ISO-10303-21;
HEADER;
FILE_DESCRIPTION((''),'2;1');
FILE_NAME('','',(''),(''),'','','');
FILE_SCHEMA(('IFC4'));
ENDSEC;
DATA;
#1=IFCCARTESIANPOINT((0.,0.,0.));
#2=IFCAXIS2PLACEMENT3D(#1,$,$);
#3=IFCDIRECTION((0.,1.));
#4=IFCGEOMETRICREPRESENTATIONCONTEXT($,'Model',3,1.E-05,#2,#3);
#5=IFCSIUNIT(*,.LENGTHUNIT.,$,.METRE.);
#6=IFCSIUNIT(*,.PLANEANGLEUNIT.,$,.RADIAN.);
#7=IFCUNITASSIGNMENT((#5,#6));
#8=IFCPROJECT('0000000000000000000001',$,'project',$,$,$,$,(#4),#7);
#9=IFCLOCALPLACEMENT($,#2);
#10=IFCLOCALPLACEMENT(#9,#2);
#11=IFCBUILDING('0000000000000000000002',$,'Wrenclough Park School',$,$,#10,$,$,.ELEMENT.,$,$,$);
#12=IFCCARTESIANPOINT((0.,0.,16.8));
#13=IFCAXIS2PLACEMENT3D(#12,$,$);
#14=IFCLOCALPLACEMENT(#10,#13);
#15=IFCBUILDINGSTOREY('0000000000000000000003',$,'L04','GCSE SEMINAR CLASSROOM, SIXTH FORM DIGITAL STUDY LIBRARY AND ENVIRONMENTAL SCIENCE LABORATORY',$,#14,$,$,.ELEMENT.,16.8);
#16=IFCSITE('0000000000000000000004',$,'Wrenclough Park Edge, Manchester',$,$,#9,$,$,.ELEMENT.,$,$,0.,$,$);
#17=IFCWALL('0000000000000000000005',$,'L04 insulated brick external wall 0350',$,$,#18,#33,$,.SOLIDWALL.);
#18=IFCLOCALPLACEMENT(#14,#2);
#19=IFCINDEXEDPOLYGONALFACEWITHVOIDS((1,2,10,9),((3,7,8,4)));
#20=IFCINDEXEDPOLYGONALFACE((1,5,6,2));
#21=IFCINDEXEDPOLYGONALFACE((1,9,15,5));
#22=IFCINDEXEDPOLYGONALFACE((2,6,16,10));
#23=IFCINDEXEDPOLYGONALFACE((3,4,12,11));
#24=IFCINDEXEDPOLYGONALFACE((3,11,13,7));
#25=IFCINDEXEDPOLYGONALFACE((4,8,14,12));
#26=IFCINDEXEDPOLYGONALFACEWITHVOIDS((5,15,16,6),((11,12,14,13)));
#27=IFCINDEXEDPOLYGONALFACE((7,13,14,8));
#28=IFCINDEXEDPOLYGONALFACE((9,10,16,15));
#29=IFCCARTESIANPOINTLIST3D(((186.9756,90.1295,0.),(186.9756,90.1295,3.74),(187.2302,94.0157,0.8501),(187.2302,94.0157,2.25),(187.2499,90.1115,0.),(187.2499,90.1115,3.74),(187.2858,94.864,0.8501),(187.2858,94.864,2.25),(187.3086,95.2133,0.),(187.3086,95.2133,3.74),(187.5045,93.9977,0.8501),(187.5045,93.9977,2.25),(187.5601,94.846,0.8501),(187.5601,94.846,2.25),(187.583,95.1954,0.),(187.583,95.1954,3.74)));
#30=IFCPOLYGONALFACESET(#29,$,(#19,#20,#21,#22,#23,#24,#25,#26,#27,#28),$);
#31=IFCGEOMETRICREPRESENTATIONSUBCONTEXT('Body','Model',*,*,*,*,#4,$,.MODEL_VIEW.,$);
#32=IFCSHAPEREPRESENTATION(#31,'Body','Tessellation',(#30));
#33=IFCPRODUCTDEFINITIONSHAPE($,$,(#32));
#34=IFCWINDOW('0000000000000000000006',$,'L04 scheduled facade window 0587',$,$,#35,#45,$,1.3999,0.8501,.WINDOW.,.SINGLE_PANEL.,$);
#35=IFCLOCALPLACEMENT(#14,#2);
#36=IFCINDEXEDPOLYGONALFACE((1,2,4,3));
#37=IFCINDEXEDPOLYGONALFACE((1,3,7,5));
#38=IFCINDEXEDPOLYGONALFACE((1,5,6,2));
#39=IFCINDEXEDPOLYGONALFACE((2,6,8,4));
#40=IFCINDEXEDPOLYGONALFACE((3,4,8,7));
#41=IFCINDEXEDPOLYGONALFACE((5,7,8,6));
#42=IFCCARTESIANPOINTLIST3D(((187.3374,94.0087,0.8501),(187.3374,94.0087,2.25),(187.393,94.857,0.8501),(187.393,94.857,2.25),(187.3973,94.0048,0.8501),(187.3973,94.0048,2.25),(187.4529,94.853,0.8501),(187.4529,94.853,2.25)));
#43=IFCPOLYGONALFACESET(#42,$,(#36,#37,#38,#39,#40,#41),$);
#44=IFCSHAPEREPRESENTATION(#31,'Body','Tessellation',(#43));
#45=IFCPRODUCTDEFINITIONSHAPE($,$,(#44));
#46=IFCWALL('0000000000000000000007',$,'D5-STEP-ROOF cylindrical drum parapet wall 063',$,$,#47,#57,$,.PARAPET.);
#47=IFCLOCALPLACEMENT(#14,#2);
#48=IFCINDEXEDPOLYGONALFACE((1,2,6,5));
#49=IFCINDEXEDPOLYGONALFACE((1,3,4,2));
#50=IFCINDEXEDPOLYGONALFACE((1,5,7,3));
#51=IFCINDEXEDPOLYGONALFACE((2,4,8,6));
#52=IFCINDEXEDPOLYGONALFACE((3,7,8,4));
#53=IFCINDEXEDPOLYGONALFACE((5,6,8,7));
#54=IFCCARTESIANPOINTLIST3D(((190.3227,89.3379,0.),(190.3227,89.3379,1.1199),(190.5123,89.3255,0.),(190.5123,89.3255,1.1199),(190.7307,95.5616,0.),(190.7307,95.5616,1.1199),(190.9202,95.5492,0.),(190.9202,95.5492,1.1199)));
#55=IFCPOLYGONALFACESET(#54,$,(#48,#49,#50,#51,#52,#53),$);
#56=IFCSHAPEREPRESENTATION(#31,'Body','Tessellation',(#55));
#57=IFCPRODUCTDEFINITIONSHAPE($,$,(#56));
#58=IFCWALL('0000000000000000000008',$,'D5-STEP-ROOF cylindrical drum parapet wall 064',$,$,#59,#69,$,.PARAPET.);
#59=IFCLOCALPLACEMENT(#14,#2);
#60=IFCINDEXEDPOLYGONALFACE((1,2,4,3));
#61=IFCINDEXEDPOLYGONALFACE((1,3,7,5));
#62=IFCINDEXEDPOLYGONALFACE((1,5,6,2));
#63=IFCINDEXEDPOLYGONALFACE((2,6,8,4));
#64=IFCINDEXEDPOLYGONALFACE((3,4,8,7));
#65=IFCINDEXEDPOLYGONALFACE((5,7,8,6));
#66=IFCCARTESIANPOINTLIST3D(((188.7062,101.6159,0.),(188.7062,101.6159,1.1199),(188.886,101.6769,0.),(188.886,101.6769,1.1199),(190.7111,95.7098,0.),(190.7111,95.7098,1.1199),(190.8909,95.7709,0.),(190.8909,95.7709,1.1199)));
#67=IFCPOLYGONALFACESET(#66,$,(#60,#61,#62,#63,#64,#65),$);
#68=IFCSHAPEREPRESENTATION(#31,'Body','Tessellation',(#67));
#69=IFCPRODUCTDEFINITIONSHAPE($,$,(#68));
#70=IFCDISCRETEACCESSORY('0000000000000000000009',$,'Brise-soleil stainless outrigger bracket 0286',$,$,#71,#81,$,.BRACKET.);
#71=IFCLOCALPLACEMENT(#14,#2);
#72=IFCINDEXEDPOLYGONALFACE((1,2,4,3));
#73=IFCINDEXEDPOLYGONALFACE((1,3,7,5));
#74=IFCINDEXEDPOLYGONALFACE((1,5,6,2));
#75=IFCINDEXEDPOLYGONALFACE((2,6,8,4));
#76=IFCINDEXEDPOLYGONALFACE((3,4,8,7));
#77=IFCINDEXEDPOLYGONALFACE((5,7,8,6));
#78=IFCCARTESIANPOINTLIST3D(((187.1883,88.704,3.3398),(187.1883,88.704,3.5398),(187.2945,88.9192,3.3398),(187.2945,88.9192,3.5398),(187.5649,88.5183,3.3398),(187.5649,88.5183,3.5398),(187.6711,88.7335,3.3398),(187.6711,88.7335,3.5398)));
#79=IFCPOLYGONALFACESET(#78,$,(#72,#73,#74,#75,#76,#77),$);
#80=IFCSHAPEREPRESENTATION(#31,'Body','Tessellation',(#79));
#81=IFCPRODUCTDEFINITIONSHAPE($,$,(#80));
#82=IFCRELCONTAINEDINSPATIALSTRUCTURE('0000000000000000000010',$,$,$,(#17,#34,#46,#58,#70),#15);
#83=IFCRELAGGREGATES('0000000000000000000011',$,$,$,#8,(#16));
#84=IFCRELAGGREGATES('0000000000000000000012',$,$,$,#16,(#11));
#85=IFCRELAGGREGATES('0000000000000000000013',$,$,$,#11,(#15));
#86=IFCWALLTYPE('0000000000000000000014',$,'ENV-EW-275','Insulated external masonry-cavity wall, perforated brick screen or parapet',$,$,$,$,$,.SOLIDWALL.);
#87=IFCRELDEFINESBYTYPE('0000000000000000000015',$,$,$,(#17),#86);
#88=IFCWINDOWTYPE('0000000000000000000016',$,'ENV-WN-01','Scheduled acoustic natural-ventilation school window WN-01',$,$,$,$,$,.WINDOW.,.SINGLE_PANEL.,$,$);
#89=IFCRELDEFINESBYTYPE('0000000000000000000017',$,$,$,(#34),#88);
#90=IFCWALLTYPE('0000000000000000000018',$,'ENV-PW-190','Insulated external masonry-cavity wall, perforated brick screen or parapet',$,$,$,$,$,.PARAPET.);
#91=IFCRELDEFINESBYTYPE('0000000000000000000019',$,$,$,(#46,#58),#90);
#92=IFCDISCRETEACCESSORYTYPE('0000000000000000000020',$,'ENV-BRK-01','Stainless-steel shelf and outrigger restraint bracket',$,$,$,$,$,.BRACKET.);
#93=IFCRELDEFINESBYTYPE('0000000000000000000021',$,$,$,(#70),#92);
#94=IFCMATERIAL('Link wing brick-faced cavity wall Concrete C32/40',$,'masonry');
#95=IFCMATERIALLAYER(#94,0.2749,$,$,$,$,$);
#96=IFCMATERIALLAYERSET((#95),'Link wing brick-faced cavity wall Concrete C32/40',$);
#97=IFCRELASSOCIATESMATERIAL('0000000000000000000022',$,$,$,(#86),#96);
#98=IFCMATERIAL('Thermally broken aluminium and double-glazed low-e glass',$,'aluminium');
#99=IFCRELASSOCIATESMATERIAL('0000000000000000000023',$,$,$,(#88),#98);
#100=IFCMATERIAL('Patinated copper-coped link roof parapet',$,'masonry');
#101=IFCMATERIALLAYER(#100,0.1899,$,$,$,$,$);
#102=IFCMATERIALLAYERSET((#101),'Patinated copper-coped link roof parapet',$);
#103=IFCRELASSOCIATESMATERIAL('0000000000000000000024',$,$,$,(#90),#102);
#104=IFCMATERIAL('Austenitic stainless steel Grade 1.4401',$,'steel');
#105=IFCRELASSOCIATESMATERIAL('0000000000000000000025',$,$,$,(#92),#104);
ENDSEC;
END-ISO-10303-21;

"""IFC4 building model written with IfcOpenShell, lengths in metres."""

from ifc_helpers import new_model, si_unit, direction, frame, frame_2d, origin, origin_2d, place, context, subcontext, project, spatial, rectangle, extrude, material, layer, layer_set, type_object, element, fill, save


model = new_model("IFC4")

# Units and contexts
model_context = context("Model", 3, precision=1e-05, world=origin(), true_north=direction((0.0, 1.0)))
body_context = subcontext(model_context, "Body", "Model", "MODEL_VIEW")
ifc_project = project(units=[si_unit("LENGTHUNIT", "METRE"), si_unit("PLANEANGLEUNIT", "RADIAN")], contexts=[model_context])

# Site, building, storey
site_placement = place(None, origin())
site = spatial("IfcSite", under=ifc_project, at=site_placement, Name="Wrenclough Park Edge, Manchester", CompositionType="ELEMENT", RefElevation=0.0)
building_placement = place(site_placement, origin())
building = spatial("IfcBuilding", under=site, at=building_placement, Name="Wrenclough Park School", CompositionType="ELEMENT")
storey_placement = place(building_placement, frame((0.0, 0.0, 16.8)))
storey = spatial("IfcBuildingStorey", under=building, at=storey_placement, Name="L04", Description="GCSE SEMINAR CLASSROOM, SIXTH FORM DIGITAL STUDY LIBRARY AND ENVIRONMENTAL SCIENCE LABORATORY", CompositionType="ELEMENT", Elevation=16.8)

# Wall, opening, window
ifc_material_1 = material(Name="Link wing brick-faced cavity wall Concrete C32/40", Category="masonry")
ifc_layer_1 = layer(ifc_material_1, 0.2749)
ifc_layer_set_1 = layer_set([ifc_layer_1], Name="Link wing brick-faced cavity wall Concrete C32/40")
wall_type_1 = type_object("IfcWallType", Name="ENV-EW-275", Description="Insulated external masonry-cavity wall, perforated brick screen or parapet", PredefinedType="SOLIDWALL", material=ifc_layer_set_1)
wall_1_placement = place(storey_placement, frame((187.4458, 95.2043, 0.0), z_axis=(0.0, 0.0, 1.0), x_axis=(-0.065364, -0.997861, 0.0)))
wall_1 = element("IfcWall", 1, at=wall_1_placement, inside=storey, type_object=wall_type_1, Name="L04 insulated brick external wall 0350", PredefinedType="SOLIDWALL", context=body_context, shape_type="SweptSolid", body=[
    extrude(rectangle(XDim=5.0947, YDim=0.2749, at=frame_2d((2.5474, 0.0))), origin(), (0.0, 0.0, 1.0), 3.74),
])
opening_placement = place(wall_1_placement, frame((0.3501, 0.0, 0.8501)))
opening = element("IfcOpeningElement", 2, at=opening_placement, cuts=wall_1, PredefinedType="OPENING", context=body_context, shape_type="SweptSolid", body=[
    extrude(rectangle(XDim=0.8501, YDim=1.3999, at=frame_2d((0.425, 0.7))), frame((0.0, 0.1475, 0.0), z_axis=(0.0, -1.0, 0.0), x_axis=(1.0, 0.0, 0.0)), (0.0, 0.0, 1.0), 0.2949),
])
ifc_material_2 = material(Name="Thermally broken aluminium and double-glazed low-e glass", Category="aluminium")
window_type = type_object("IfcWindowType", Name="ENV-WN-01", Description="Scheduled acoustic natural-ventilation school window WN-01", PartitioningType="SINGLE_PANEL", PredefinedType="WINDOW", material=ifc_material_2)
window_placement = place(opening_placement, origin())
window = element("IfcWindow", 3, at=window_placement, inside=storey, type_object=window_type, Name="L04 scheduled facade window 0587", OverallHeight=1.3999, OverallWidth=0.8501, PartitioningType="SINGLE_PANEL", PredefinedType="WINDOW", context=body_context, shape_type="SweptSolid", body=[
    extrude(rectangle(XDim=0.8501, YDim=1.3999, at=frame_2d((0.425, 0.7))), frame((0.0, 0.03, 0.0), z_axis=(0.0, -1.0, 0.0), x_axis=(1.0, 0.0, 0.0)), (0.0, 0.0, 1.0), 0.0601),
])
fill(opening, window)

# Walls
ifc_material_3 = material(Name="Patinated copper-coped link roof parapet", Category="masonry")
ifc_layer_2 = layer(ifc_material_3, 0.1899)
ifc_layer_set_2 = layer_set([ifc_layer_2], Name="Patinated copper-coped link roof parapet")
wall_type_2 = type_object("IfcWallType", Name="ENV-PW-190", Description="Insulated external masonry-cavity wall, perforated brick screen or parapet", PredefinedType="PARAPET", material=ifc_layer_set_2)
for number, where, z_axis, x_axis, name in (
    (4, (190.4175, 89.3315, 0.0), (0.0, 0.0, 1.0), (0.06541, 0.997858, 0.0), "D5-STEP-ROOF cylindrical drum parapet wall 063"),
    (5, (190.801, 95.7402, 0.0), (0.0, 0.0, 1.0), (-0.321449, 0.946927, 0.0), "D5-STEP-ROOF cylindrical drum parapet wall 064"),
):
    element("IfcWall", number, at=place(storey_placement, frame(where, z_axis=z_axis, x_axis=x_axis)), inside=storey, type_object=wall_type_2, Name=name, PredefinedType="PARAPET", context=body_context, shape_type="SweptSolid", body=[
        extrude(rectangle(XDim=6.2371, YDim=0.1899, at=frame_2d((3.1187, 0.0))), origin(), (0.0, 0.0, 1.0), 1.1199),
    ])

# Discrete accessory
ifc_material_4 = material(Name="Austenitic stainless steel Grade 1.4401", Category="steel")
discrete_accessory_type = type_object("IfcDiscreteAccessoryType", Name="ENV-BRK-01", Description="Stainless-steel shelf and outrigger restraint bracket", PredefinedType="BRACKET", material=ifc_material_4)
discrete_accessory_placement = place(storey_placement, frame((187.4297, 88.7188, 3.3398), z_axis=(0.0, 0.0, 1.0), x_axis=(0.442316, 0.896859, 0.0)))
element("IfcDiscreteAccessory", 6, at=discrete_accessory_placement, inside=storey, type_object=discrete_accessory_type, Name="Brise-soleil stainless outrigger bracket 0286", PredefinedType="BRACKET", context=body_context, shape_type="SweptSolid", body=[
    extrude(rectangle(XDim=0.24, YDim=0.4199, at=origin_2d()), origin(), (0.0, 0.0, 1.0), 0.2),
])

save(model, "model.ifc")
